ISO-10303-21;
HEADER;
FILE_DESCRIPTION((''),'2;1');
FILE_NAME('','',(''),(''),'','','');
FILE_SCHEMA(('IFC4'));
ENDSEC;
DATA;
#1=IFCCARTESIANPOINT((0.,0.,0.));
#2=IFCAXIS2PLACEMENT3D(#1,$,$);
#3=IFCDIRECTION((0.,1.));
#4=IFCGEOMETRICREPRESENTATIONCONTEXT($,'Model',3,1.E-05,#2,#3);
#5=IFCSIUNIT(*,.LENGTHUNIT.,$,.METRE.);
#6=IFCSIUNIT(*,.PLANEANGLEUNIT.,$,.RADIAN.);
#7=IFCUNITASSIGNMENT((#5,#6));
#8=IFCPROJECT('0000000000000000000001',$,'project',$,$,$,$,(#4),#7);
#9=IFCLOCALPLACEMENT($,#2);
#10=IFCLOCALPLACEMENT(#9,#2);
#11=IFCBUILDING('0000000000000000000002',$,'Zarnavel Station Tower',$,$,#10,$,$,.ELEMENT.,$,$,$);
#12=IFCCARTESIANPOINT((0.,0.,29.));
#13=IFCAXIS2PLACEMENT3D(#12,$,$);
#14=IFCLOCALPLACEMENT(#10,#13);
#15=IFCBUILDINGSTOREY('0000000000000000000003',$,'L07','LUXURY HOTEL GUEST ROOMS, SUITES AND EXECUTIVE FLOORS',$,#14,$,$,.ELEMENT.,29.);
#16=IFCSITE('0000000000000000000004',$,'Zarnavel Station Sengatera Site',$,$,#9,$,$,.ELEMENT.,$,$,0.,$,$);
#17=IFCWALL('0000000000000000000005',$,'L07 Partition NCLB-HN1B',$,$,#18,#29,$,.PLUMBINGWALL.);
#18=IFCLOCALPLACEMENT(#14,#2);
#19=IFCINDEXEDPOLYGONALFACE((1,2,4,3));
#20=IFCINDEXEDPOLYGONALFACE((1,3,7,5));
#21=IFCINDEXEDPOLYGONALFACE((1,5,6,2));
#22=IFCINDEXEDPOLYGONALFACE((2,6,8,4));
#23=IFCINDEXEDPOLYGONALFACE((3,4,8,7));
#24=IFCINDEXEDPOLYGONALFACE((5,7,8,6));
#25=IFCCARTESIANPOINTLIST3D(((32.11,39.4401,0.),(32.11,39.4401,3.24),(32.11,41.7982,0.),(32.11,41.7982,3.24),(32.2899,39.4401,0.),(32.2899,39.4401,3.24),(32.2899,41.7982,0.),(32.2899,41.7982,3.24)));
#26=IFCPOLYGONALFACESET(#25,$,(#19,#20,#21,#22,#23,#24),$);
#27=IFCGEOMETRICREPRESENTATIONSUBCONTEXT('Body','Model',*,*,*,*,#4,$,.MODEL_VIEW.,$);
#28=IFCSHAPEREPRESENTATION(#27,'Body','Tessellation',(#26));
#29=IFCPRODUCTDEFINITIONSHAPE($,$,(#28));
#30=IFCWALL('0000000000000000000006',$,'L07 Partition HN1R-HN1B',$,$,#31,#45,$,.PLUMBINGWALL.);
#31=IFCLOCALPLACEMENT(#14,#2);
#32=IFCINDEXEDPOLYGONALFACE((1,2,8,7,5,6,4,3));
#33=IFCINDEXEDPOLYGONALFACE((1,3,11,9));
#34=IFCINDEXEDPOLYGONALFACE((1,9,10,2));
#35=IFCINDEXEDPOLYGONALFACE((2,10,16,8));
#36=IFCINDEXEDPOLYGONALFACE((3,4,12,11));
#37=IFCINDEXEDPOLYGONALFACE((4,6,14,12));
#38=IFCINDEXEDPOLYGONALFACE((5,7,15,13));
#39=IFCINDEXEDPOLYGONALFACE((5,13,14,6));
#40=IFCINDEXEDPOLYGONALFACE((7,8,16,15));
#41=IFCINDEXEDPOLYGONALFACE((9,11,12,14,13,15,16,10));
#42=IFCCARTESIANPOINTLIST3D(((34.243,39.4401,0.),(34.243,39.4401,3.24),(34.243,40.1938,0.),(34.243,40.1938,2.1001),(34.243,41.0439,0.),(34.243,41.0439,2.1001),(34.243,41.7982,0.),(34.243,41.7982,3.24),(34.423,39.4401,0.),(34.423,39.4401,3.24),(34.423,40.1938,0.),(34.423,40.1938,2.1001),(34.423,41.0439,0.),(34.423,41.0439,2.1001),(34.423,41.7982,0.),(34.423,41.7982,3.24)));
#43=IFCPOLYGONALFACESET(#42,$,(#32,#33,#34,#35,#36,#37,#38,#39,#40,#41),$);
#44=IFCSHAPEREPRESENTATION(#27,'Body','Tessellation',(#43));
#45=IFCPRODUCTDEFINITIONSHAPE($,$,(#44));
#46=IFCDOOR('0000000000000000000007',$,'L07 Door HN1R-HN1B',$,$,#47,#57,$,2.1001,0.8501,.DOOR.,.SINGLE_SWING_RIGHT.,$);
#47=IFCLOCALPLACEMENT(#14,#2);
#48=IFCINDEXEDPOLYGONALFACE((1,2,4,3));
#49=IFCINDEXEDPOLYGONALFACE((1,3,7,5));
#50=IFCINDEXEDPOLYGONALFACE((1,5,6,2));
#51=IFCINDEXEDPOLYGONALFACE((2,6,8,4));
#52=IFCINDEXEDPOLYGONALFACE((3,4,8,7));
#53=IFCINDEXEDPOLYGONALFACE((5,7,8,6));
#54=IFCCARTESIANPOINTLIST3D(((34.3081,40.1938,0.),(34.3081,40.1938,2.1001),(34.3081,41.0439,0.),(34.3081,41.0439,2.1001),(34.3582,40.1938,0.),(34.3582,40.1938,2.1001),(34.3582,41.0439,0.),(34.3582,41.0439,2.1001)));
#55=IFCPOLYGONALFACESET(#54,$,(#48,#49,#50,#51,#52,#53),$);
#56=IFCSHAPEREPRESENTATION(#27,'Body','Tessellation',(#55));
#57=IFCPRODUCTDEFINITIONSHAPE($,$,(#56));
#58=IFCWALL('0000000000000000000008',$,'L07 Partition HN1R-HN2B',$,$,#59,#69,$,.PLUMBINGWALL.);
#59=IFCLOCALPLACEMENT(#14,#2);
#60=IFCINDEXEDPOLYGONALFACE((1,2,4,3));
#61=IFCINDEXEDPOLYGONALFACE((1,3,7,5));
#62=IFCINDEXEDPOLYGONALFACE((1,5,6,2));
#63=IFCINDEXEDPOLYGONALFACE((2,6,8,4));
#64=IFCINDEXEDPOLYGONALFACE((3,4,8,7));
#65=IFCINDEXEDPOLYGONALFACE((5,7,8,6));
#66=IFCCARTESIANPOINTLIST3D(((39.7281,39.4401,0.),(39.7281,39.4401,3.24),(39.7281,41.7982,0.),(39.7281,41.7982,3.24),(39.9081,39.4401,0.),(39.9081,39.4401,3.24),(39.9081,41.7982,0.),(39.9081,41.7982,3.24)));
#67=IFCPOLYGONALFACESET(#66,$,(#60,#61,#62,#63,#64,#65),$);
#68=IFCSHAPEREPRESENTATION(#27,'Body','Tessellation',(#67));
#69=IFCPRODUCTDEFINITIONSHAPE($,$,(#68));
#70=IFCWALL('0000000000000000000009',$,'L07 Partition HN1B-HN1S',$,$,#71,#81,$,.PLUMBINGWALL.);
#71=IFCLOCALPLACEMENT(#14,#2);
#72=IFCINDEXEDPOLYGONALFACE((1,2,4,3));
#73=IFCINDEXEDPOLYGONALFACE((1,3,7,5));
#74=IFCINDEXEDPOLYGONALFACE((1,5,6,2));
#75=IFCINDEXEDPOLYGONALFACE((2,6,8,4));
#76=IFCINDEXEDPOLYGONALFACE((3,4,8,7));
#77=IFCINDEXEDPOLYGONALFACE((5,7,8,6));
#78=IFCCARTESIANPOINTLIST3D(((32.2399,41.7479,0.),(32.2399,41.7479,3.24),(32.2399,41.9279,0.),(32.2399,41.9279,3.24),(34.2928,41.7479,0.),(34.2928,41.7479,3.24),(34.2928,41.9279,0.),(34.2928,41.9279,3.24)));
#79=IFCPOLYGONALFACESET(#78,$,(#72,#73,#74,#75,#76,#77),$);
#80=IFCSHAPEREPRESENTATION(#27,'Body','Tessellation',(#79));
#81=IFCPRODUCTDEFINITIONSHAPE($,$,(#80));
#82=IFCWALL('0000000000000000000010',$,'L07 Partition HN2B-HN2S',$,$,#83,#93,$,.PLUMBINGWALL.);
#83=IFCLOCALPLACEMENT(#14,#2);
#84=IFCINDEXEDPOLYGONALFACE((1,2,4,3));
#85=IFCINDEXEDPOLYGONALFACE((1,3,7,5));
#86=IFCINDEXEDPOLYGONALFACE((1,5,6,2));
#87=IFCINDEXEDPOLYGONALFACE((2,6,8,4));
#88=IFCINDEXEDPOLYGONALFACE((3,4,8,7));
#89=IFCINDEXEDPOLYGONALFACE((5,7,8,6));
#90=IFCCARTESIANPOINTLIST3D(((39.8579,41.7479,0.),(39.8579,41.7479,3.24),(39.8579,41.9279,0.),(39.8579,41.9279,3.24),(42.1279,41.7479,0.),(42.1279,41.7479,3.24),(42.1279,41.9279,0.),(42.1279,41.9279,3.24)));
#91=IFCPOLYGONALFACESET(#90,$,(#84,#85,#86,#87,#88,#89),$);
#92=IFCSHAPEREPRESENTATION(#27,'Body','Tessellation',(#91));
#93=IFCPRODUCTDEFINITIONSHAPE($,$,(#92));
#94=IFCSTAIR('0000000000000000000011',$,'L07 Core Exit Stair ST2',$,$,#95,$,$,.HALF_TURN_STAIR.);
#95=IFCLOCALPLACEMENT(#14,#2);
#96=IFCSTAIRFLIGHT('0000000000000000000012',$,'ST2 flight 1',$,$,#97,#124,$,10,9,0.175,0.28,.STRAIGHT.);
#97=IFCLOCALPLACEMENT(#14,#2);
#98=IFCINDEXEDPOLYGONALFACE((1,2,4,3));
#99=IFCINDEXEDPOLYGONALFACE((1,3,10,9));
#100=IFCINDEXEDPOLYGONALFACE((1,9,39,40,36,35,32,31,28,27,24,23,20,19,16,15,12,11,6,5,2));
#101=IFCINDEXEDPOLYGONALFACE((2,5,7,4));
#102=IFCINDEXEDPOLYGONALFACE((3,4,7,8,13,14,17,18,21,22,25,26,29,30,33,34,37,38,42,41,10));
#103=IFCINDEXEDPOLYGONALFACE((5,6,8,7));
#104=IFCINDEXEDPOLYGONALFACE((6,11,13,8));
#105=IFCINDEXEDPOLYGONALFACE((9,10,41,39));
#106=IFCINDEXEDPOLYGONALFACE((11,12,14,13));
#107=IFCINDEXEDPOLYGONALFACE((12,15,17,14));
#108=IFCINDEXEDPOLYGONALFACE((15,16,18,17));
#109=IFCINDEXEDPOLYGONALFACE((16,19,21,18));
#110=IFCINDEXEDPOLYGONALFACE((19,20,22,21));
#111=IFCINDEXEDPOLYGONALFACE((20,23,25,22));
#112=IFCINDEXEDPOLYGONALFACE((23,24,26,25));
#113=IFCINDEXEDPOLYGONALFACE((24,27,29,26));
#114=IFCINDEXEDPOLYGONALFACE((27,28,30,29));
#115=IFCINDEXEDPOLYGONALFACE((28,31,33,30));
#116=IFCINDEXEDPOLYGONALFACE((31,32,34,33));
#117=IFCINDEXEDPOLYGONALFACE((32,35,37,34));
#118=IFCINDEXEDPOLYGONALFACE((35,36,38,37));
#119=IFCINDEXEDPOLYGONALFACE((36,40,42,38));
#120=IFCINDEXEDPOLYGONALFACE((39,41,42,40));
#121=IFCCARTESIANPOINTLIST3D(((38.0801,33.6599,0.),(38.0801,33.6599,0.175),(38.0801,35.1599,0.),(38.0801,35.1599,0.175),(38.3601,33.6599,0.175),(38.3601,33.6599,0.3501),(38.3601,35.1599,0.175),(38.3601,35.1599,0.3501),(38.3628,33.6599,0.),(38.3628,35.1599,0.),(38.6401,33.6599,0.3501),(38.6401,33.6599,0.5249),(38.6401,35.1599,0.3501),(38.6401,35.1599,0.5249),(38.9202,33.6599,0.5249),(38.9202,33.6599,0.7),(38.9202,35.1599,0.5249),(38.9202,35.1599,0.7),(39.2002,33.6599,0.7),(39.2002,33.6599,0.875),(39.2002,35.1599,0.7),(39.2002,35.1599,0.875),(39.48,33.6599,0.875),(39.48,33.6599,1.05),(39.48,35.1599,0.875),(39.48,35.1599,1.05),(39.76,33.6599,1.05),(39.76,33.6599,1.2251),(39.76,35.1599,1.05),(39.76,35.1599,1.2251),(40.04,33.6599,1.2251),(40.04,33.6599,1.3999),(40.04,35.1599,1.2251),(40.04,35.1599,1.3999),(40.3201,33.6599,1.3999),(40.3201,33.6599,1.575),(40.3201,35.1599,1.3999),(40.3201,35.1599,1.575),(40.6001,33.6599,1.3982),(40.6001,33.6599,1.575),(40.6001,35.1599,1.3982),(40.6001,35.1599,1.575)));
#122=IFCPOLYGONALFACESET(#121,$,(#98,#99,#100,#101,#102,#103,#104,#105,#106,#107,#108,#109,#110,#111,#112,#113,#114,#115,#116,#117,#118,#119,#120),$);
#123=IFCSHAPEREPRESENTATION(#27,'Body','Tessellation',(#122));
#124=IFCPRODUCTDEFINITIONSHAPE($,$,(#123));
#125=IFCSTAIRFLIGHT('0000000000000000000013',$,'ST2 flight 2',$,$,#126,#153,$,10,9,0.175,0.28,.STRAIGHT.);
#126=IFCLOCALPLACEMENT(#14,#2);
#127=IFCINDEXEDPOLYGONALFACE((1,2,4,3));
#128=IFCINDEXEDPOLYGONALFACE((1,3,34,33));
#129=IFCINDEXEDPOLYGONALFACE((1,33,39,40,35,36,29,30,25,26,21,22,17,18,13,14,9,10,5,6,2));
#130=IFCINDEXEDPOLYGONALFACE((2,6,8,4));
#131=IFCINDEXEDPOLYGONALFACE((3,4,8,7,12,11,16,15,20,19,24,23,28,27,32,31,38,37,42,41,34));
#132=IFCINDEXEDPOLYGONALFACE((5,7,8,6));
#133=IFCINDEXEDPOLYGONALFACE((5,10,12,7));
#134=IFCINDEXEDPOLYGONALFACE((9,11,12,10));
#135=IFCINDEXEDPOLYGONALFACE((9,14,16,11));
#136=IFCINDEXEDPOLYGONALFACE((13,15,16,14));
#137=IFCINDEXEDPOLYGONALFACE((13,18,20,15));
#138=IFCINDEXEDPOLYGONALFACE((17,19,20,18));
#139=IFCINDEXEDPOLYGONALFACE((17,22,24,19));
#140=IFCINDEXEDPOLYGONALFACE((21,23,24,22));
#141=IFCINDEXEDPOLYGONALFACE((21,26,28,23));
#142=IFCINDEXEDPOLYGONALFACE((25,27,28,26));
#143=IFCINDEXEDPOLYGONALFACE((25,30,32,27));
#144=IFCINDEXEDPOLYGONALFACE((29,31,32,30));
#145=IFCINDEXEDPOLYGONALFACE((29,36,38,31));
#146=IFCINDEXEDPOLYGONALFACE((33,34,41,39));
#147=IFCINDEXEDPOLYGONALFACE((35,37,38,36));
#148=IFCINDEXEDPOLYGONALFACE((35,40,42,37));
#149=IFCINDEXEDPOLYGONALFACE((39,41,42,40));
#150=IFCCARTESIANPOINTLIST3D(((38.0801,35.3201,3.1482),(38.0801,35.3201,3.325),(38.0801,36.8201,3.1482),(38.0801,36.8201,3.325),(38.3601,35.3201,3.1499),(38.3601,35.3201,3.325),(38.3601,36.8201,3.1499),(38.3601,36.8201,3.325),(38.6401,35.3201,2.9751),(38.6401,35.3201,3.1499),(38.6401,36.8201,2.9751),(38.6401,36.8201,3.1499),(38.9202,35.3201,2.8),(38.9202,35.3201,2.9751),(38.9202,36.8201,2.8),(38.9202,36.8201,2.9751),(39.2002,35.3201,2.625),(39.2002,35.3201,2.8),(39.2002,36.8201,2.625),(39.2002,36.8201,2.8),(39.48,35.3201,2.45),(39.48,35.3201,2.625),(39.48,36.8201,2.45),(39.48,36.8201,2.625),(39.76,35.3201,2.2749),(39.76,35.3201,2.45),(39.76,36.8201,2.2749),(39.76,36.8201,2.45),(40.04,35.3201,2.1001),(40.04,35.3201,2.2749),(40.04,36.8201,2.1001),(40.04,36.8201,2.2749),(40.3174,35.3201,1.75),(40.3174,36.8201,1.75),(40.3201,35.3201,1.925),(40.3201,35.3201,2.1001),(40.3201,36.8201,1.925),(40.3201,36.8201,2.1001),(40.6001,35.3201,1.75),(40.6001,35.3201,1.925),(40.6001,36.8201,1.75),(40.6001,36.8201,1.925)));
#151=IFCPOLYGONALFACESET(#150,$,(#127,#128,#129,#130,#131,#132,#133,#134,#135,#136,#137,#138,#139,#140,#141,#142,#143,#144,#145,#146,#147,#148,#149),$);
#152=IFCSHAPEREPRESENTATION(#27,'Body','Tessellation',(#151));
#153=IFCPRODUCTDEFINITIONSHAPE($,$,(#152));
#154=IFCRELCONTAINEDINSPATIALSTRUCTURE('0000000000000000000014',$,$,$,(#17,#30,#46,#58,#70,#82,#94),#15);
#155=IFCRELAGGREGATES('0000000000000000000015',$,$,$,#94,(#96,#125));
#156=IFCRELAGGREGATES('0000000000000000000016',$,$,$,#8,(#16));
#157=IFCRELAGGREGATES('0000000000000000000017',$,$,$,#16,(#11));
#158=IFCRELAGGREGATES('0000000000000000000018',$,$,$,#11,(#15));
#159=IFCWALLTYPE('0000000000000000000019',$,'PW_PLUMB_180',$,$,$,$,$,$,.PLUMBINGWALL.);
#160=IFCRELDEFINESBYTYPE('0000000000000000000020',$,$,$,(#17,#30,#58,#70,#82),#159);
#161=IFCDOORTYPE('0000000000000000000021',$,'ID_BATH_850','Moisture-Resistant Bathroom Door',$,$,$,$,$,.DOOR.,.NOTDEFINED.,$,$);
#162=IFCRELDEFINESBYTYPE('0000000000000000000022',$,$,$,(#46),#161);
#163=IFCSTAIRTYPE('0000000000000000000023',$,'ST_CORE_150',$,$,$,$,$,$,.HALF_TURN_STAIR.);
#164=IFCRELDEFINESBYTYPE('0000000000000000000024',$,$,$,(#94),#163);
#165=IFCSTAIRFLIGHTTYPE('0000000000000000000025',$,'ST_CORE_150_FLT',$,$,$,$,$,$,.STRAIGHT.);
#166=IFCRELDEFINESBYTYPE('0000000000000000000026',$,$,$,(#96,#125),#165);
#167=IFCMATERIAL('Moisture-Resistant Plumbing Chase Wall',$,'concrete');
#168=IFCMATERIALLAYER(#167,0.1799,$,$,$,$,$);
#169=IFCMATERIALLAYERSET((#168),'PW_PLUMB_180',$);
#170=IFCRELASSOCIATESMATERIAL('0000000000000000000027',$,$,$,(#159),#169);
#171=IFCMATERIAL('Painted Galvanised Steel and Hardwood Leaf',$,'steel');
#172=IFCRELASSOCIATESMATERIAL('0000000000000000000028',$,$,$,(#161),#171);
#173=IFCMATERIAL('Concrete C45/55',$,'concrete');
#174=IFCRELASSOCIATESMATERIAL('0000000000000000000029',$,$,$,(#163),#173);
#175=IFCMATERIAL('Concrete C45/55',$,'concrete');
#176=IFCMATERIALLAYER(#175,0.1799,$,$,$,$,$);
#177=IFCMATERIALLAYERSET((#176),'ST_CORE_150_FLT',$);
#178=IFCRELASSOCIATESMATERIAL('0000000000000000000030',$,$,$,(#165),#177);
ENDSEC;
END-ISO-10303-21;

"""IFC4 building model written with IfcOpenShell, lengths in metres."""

from ifc_helpers import new_model, si_unit, direction, frame, frame_2d, origin, place, context, subcontext, project, spatial, polyline, rectangle, outline, extrude, material, layer, layer_set, type_object, element, fill, aggregate, save


model = new_model("IFC4")

# Units and contexts
model_context = context("Model", 3, precision=1e-05, world=origin(), true_north=direction((0.0, 1.0)))
body_context = subcontext(model_context, "Body", "Model", "MODEL_VIEW")
ifc_project = project(units=[si_unit("LENGTHUNIT", "METRE"), si_unit("PLANEANGLEUNIT", "RADIAN")], contexts=[model_context])

# Site, building, storey
site_placement = place(None, origin())
site = spatial("IfcSite", under=ifc_project, at=site_placement, Name="Zarnavel Station Sengatera Site", CompositionType="ELEMENT", RefElevation=0.0)
building_placement = place(site_placement, origin())
building = spatial("IfcBuilding", under=site, at=building_placement, Name="Zarnavel Station Tower", CompositionType="ELEMENT")
storey_placement = place(building_placement, frame((0.0, 0.0, 29.0)))
storey = spatial("IfcBuildingStorey", under=building, at=storey_placement, Name="L07", Description="LUXURY HOTEL GUEST ROOMS, SUITES AND EXECUTIVE FLOORS", CompositionType="ELEMENT", Elevation=29.0)

# Wall
ifc_material_1 = material(Name="Moisture-Resistant Plumbing Chase Wall", Category="concrete")
ifc_layer_1 = layer(ifc_material_1, 0.1799)
ifc_layer_set_1 = layer_set([ifc_layer_1], Name="PW_PLUMB_180")
wall_type_1 = type_object("IfcWallType", Name="PW_PLUMB_180", PredefinedType="PLUMBINGWALL", material=ifc_layer_set_1)
wall_1_placement = place(storey_placement, frame((32.2, 39.4399, 0.0), z_axis=(0.0, 0.0, 1.0), x_axis=(0.0, 1.0, 0.0)))
element("IfcWall", 1, at=wall_1_placement, inside=storey, type_object=wall_type_1, Name="L07 Partition NCLB-HN1B", PredefinedType="PLUMBINGWALL", context=body_context, shape_type="SweptSolid", body=[
    extrude(rectangle(XDim=2.3582, YDim=0.1799, at=frame_2d((1.1792, 0.0))), origin(), (0.0, 0.0, 1.0), 3.24),
])

# Wall, opening, door
wall_2_placement = place(storey_placement, frame((34.333, 39.4399, 0.0), z_axis=(0.0, 0.0, 1.0), x_axis=(0.0, 1.0, 0.0)))
wall_2 = element("IfcWall", 2, at=wall_2_placement, inside=storey, type_object=wall_type_1, Name="L07 Partition HN1R-HN1B", PredefinedType="PLUMBINGWALL", context=body_context, shape_type="SweptSolid", body=[
    extrude(rectangle(XDim=2.3582, YDim=0.1799, at=frame_2d((1.1792, 0.0))), origin(), (0.0, 0.0, 1.0), 3.24),
])
opening_1_placement = place(wall_2_placement, frame((0.7539, 0.0, 0.0)))
opening_1 = element("IfcOpeningElement", 3, at=opening_1_placement, cuts=wall_2, PredefinedType="OPENING", context=body_context, shape_type="SweptSolid", body=[
    extrude(rectangle(XDim=0.8501, YDim=2.1001, at=frame_2d((0.425, 1.05))), frame((0.0, 0.0999, 0.0), z_axis=(0.0, -1.0, 0.0), x_axis=(1.0, 0.0, 0.0)), (0.0, 0.0, 1.0), 0.2),
])
ifc_material_2 = material(Name="Painted Galvanised Steel and Hardwood Leaf", Category="steel")
door_type_1 = type_object("IfcDoorType", Name="ID_BATH_850", Description="Moisture-Resistant Bathroom Door", OperationType="NOTDEFINED", PredefinedType="DOOR", material=ifc_material_2)
door_1_placement = place(opening_1_placement, origin())
door_1 = element("IfcDoor", 4, at=door_1_placement, inside=storey, type_object=door_type_1, Name="L07 Door HN1R-HN1B", OperationType="SINGLE_SWING_RIGHT", OverallHeight=2.1001, OverallWidth=0.8501, PredefinedType="DOOR", context=body_context, shape_type="SweptSolid", body=[
    extrude(rectangle(XDim=0.8501, YDim=2.1001, at=frame_2d((0.425, 1.05))), frame((0.0, 0.0249, 0.0), z_axis=(0.0, -1.0, 0.0), x_axis=(1.0, 0.0, 0.0)), (0.0, 0.0, 1.0), 0.05),
])
fill(opening_1, door_1)

# Walls
wall_3_placement = place(storey_placement, frame((39.8181, 39.4399, 0.0), z_axis=(0.0, 0.0, 1.0), x_axis=(0.0, 1.0, 0.0)))
element("IfcWall", 5, at=wall_3_placement, inside=storey, type_object=wall_type_1, Name="L07 Partition HN1R-HN2B", PredefinedType="PLUMBINGWALL", context=body_context, shape_type="SweptSolid", body=[
    extrude(rectangle(XDim=2.3582, YDim=0.1799, at=frame_2d((1.1792, 0.0))), origin(), (0.0, 0.0, 1.0), 3.24),
])
wall_4_placement = place(storey_placement, frame((32.24, 41.8379, 0.0), z_axis=(0.0, 0.0, 1.0), x_axis=(1.0, 0.0, 0.0)))
element("IfcWall", 6, at=wall_4_placement, inside=storey, type_object=wall_type_1, Name="L07 Partition HN1B-HN1S", PredefinedType="PLUMBINGWALL", context=body_context, shape_type="SweptSolid", body=[
    extrude(rectangle(XDim=2.053, YDim=0.1799, at=frame_2d((1.0264, 0.0))), origin(), (0.0, 0.0, 1.0), 3.24),
])
wall_5_placement = place(storey_placement, frame((39.8579, 41.8379, 0.0), z_axis=(0.0, 0.0, 1.0), x_axis=(1.0, 0.0, 0.0)))
element("IfcWall", 7, at=wall_5_placement, inside=storey, type_object=wall_type_1, Name="L07 Partition HN2B-HN2S", PredefinedType="PLUMBINGWALL", context=body_context, shape_type="SweptSolid", body=[
    extrude(rectangle(XDim=2.27, YDim=0.1799, at=frame_2d((1.135, 0.0))), origin(), (0.0, 0.0, 1.0), 3.24),
])

# Stair, stair flights
ifc_material_3 = material(Name="Concrete C45/55", Category="concrete")
stair_type = type_object("IfcStairType", Name="ST_CORE_150", PredefinedType="HALF_TURN_STAIR", material=ifc_material_3)
stair_placement = place(storey_placement, origin())
stair = element("IfcStair", 8, at=stair_placement, inside=storey, type_object=stair_type, Name="L07 Core Exit Stair ST2", PredefinedType="HALF_TURN_STAIR")
ifc_material_4 = material(Name="Concrete C45/55", Category="concrete")
ifc_layer_2 = layer(ifc_material_4, 0.1799)
ifc_layer_set_2 = layer_set([ifc_layer_2], Name="ST_CORE_150_FLT")
stair_flight_type = type_object("IfcStairFlightType", Name="ST_CORE_150_FLT", PredefinedType="STRAIGHT", material=ifc_layer_set_2)
stair_flight_1_placement = place(storey_placement, frame((38.0801, 34.4099, 0.0), z_axis=(0.0, 0.0, 1.0), x_axis=(1.0, 0.0, 0.0)))
stair_flight_1 = element("IfcStairFlight", 9, at=stair_flight_1_placement, type_object=stair_flight_type, Name="ST2 flight 1", NumberOfRisers=10, NumberOfTreads=9, PredefinedType="STRAIGHT", RiserHeight=0.175, TreadLength=0.28, context=body_context, shape_type="SweptSolid", body=[
    extrude(outline(polyline([(0.0, 0.0), (0.0, 0.175), (0.28, 0.175), (0.28, 0.3501), (0.5601, 0.3501), (0.5601, 0.5249), (0.8401, 0.5249), (0.8401, 0.7), (1.1201, 0.7), (1.1201, 0.875), (1.3999, 0.875), (1.3999, 1.05), (1.6799, 1.05), (1.6799, 1.2251), (1.96, 1.2251), (1.96, 1.3999), (2.24, 1.3999), (2.24, 1.575), (2.52, 1.575), (2.52, 1.75), (2.52, 1.3982), (0.2827, 0.0), (0.0, 0.0)])), frame((0.0, 0.75, 0.0), z_axis=(0.0, -1.0, 0.0), x_axis=(1.0, 0.0, 0.0)), (0.0, 0.0, 1.0), 1.5),
])
stair_flight_2_placement = place(storey_placement, frame((40.6001, 36.0701, 1.75), z_axis=(0.0, 0.0, 1.0), x_axis=(-1.0, 0.0, 0.0)))
stair_flight_2 = element("IfcStairFlight", 10, at=stair_flight_2_placement, type_object=stair_flight_type, Name="ST2 flight 2", NumberOfRisers=10, NumberOfTreads=9, PredefinedType="STRAIGHT", RiserHeight=0.175, TreadLength=0.28, context=body_context, shape_type="SweptSolid", body=[
    extrude(outline(polyline([(0.0, 0.0), (0.0, 0.175), (0.28, 0.175), (0.28, 0.3501), (0.5601, 0.3501), (0.5601, 0.5249), (0.8401, 0.5249), (0.8401, 0.7), (1.1201, 0.7), (1.1201, 0.875), (1.3999, 0.875), (1.3999, 1.05), (1.6799, 1.05), (1.6799, 1.2251), (1.96, 1.2251), (1.96, 1.3999), (2.24, 1.3999), (2.24, 1.575), (2.52, 1.575), (2.52, 1.75), (2.52, 1.3982), (0.2827, 0.0), (0.0, 0.0)])), frame((0.0, 0.75, 0.0), z_axis=(0.0, -1.0, 0.0), x_axis=(1.0, 0.0, 0.0)), (0.0, 0.0, 1.0), 1.5),
])
aggregate(stair, [stair_flight_1, stair_flight_2])

save(model, "model.ifc")
